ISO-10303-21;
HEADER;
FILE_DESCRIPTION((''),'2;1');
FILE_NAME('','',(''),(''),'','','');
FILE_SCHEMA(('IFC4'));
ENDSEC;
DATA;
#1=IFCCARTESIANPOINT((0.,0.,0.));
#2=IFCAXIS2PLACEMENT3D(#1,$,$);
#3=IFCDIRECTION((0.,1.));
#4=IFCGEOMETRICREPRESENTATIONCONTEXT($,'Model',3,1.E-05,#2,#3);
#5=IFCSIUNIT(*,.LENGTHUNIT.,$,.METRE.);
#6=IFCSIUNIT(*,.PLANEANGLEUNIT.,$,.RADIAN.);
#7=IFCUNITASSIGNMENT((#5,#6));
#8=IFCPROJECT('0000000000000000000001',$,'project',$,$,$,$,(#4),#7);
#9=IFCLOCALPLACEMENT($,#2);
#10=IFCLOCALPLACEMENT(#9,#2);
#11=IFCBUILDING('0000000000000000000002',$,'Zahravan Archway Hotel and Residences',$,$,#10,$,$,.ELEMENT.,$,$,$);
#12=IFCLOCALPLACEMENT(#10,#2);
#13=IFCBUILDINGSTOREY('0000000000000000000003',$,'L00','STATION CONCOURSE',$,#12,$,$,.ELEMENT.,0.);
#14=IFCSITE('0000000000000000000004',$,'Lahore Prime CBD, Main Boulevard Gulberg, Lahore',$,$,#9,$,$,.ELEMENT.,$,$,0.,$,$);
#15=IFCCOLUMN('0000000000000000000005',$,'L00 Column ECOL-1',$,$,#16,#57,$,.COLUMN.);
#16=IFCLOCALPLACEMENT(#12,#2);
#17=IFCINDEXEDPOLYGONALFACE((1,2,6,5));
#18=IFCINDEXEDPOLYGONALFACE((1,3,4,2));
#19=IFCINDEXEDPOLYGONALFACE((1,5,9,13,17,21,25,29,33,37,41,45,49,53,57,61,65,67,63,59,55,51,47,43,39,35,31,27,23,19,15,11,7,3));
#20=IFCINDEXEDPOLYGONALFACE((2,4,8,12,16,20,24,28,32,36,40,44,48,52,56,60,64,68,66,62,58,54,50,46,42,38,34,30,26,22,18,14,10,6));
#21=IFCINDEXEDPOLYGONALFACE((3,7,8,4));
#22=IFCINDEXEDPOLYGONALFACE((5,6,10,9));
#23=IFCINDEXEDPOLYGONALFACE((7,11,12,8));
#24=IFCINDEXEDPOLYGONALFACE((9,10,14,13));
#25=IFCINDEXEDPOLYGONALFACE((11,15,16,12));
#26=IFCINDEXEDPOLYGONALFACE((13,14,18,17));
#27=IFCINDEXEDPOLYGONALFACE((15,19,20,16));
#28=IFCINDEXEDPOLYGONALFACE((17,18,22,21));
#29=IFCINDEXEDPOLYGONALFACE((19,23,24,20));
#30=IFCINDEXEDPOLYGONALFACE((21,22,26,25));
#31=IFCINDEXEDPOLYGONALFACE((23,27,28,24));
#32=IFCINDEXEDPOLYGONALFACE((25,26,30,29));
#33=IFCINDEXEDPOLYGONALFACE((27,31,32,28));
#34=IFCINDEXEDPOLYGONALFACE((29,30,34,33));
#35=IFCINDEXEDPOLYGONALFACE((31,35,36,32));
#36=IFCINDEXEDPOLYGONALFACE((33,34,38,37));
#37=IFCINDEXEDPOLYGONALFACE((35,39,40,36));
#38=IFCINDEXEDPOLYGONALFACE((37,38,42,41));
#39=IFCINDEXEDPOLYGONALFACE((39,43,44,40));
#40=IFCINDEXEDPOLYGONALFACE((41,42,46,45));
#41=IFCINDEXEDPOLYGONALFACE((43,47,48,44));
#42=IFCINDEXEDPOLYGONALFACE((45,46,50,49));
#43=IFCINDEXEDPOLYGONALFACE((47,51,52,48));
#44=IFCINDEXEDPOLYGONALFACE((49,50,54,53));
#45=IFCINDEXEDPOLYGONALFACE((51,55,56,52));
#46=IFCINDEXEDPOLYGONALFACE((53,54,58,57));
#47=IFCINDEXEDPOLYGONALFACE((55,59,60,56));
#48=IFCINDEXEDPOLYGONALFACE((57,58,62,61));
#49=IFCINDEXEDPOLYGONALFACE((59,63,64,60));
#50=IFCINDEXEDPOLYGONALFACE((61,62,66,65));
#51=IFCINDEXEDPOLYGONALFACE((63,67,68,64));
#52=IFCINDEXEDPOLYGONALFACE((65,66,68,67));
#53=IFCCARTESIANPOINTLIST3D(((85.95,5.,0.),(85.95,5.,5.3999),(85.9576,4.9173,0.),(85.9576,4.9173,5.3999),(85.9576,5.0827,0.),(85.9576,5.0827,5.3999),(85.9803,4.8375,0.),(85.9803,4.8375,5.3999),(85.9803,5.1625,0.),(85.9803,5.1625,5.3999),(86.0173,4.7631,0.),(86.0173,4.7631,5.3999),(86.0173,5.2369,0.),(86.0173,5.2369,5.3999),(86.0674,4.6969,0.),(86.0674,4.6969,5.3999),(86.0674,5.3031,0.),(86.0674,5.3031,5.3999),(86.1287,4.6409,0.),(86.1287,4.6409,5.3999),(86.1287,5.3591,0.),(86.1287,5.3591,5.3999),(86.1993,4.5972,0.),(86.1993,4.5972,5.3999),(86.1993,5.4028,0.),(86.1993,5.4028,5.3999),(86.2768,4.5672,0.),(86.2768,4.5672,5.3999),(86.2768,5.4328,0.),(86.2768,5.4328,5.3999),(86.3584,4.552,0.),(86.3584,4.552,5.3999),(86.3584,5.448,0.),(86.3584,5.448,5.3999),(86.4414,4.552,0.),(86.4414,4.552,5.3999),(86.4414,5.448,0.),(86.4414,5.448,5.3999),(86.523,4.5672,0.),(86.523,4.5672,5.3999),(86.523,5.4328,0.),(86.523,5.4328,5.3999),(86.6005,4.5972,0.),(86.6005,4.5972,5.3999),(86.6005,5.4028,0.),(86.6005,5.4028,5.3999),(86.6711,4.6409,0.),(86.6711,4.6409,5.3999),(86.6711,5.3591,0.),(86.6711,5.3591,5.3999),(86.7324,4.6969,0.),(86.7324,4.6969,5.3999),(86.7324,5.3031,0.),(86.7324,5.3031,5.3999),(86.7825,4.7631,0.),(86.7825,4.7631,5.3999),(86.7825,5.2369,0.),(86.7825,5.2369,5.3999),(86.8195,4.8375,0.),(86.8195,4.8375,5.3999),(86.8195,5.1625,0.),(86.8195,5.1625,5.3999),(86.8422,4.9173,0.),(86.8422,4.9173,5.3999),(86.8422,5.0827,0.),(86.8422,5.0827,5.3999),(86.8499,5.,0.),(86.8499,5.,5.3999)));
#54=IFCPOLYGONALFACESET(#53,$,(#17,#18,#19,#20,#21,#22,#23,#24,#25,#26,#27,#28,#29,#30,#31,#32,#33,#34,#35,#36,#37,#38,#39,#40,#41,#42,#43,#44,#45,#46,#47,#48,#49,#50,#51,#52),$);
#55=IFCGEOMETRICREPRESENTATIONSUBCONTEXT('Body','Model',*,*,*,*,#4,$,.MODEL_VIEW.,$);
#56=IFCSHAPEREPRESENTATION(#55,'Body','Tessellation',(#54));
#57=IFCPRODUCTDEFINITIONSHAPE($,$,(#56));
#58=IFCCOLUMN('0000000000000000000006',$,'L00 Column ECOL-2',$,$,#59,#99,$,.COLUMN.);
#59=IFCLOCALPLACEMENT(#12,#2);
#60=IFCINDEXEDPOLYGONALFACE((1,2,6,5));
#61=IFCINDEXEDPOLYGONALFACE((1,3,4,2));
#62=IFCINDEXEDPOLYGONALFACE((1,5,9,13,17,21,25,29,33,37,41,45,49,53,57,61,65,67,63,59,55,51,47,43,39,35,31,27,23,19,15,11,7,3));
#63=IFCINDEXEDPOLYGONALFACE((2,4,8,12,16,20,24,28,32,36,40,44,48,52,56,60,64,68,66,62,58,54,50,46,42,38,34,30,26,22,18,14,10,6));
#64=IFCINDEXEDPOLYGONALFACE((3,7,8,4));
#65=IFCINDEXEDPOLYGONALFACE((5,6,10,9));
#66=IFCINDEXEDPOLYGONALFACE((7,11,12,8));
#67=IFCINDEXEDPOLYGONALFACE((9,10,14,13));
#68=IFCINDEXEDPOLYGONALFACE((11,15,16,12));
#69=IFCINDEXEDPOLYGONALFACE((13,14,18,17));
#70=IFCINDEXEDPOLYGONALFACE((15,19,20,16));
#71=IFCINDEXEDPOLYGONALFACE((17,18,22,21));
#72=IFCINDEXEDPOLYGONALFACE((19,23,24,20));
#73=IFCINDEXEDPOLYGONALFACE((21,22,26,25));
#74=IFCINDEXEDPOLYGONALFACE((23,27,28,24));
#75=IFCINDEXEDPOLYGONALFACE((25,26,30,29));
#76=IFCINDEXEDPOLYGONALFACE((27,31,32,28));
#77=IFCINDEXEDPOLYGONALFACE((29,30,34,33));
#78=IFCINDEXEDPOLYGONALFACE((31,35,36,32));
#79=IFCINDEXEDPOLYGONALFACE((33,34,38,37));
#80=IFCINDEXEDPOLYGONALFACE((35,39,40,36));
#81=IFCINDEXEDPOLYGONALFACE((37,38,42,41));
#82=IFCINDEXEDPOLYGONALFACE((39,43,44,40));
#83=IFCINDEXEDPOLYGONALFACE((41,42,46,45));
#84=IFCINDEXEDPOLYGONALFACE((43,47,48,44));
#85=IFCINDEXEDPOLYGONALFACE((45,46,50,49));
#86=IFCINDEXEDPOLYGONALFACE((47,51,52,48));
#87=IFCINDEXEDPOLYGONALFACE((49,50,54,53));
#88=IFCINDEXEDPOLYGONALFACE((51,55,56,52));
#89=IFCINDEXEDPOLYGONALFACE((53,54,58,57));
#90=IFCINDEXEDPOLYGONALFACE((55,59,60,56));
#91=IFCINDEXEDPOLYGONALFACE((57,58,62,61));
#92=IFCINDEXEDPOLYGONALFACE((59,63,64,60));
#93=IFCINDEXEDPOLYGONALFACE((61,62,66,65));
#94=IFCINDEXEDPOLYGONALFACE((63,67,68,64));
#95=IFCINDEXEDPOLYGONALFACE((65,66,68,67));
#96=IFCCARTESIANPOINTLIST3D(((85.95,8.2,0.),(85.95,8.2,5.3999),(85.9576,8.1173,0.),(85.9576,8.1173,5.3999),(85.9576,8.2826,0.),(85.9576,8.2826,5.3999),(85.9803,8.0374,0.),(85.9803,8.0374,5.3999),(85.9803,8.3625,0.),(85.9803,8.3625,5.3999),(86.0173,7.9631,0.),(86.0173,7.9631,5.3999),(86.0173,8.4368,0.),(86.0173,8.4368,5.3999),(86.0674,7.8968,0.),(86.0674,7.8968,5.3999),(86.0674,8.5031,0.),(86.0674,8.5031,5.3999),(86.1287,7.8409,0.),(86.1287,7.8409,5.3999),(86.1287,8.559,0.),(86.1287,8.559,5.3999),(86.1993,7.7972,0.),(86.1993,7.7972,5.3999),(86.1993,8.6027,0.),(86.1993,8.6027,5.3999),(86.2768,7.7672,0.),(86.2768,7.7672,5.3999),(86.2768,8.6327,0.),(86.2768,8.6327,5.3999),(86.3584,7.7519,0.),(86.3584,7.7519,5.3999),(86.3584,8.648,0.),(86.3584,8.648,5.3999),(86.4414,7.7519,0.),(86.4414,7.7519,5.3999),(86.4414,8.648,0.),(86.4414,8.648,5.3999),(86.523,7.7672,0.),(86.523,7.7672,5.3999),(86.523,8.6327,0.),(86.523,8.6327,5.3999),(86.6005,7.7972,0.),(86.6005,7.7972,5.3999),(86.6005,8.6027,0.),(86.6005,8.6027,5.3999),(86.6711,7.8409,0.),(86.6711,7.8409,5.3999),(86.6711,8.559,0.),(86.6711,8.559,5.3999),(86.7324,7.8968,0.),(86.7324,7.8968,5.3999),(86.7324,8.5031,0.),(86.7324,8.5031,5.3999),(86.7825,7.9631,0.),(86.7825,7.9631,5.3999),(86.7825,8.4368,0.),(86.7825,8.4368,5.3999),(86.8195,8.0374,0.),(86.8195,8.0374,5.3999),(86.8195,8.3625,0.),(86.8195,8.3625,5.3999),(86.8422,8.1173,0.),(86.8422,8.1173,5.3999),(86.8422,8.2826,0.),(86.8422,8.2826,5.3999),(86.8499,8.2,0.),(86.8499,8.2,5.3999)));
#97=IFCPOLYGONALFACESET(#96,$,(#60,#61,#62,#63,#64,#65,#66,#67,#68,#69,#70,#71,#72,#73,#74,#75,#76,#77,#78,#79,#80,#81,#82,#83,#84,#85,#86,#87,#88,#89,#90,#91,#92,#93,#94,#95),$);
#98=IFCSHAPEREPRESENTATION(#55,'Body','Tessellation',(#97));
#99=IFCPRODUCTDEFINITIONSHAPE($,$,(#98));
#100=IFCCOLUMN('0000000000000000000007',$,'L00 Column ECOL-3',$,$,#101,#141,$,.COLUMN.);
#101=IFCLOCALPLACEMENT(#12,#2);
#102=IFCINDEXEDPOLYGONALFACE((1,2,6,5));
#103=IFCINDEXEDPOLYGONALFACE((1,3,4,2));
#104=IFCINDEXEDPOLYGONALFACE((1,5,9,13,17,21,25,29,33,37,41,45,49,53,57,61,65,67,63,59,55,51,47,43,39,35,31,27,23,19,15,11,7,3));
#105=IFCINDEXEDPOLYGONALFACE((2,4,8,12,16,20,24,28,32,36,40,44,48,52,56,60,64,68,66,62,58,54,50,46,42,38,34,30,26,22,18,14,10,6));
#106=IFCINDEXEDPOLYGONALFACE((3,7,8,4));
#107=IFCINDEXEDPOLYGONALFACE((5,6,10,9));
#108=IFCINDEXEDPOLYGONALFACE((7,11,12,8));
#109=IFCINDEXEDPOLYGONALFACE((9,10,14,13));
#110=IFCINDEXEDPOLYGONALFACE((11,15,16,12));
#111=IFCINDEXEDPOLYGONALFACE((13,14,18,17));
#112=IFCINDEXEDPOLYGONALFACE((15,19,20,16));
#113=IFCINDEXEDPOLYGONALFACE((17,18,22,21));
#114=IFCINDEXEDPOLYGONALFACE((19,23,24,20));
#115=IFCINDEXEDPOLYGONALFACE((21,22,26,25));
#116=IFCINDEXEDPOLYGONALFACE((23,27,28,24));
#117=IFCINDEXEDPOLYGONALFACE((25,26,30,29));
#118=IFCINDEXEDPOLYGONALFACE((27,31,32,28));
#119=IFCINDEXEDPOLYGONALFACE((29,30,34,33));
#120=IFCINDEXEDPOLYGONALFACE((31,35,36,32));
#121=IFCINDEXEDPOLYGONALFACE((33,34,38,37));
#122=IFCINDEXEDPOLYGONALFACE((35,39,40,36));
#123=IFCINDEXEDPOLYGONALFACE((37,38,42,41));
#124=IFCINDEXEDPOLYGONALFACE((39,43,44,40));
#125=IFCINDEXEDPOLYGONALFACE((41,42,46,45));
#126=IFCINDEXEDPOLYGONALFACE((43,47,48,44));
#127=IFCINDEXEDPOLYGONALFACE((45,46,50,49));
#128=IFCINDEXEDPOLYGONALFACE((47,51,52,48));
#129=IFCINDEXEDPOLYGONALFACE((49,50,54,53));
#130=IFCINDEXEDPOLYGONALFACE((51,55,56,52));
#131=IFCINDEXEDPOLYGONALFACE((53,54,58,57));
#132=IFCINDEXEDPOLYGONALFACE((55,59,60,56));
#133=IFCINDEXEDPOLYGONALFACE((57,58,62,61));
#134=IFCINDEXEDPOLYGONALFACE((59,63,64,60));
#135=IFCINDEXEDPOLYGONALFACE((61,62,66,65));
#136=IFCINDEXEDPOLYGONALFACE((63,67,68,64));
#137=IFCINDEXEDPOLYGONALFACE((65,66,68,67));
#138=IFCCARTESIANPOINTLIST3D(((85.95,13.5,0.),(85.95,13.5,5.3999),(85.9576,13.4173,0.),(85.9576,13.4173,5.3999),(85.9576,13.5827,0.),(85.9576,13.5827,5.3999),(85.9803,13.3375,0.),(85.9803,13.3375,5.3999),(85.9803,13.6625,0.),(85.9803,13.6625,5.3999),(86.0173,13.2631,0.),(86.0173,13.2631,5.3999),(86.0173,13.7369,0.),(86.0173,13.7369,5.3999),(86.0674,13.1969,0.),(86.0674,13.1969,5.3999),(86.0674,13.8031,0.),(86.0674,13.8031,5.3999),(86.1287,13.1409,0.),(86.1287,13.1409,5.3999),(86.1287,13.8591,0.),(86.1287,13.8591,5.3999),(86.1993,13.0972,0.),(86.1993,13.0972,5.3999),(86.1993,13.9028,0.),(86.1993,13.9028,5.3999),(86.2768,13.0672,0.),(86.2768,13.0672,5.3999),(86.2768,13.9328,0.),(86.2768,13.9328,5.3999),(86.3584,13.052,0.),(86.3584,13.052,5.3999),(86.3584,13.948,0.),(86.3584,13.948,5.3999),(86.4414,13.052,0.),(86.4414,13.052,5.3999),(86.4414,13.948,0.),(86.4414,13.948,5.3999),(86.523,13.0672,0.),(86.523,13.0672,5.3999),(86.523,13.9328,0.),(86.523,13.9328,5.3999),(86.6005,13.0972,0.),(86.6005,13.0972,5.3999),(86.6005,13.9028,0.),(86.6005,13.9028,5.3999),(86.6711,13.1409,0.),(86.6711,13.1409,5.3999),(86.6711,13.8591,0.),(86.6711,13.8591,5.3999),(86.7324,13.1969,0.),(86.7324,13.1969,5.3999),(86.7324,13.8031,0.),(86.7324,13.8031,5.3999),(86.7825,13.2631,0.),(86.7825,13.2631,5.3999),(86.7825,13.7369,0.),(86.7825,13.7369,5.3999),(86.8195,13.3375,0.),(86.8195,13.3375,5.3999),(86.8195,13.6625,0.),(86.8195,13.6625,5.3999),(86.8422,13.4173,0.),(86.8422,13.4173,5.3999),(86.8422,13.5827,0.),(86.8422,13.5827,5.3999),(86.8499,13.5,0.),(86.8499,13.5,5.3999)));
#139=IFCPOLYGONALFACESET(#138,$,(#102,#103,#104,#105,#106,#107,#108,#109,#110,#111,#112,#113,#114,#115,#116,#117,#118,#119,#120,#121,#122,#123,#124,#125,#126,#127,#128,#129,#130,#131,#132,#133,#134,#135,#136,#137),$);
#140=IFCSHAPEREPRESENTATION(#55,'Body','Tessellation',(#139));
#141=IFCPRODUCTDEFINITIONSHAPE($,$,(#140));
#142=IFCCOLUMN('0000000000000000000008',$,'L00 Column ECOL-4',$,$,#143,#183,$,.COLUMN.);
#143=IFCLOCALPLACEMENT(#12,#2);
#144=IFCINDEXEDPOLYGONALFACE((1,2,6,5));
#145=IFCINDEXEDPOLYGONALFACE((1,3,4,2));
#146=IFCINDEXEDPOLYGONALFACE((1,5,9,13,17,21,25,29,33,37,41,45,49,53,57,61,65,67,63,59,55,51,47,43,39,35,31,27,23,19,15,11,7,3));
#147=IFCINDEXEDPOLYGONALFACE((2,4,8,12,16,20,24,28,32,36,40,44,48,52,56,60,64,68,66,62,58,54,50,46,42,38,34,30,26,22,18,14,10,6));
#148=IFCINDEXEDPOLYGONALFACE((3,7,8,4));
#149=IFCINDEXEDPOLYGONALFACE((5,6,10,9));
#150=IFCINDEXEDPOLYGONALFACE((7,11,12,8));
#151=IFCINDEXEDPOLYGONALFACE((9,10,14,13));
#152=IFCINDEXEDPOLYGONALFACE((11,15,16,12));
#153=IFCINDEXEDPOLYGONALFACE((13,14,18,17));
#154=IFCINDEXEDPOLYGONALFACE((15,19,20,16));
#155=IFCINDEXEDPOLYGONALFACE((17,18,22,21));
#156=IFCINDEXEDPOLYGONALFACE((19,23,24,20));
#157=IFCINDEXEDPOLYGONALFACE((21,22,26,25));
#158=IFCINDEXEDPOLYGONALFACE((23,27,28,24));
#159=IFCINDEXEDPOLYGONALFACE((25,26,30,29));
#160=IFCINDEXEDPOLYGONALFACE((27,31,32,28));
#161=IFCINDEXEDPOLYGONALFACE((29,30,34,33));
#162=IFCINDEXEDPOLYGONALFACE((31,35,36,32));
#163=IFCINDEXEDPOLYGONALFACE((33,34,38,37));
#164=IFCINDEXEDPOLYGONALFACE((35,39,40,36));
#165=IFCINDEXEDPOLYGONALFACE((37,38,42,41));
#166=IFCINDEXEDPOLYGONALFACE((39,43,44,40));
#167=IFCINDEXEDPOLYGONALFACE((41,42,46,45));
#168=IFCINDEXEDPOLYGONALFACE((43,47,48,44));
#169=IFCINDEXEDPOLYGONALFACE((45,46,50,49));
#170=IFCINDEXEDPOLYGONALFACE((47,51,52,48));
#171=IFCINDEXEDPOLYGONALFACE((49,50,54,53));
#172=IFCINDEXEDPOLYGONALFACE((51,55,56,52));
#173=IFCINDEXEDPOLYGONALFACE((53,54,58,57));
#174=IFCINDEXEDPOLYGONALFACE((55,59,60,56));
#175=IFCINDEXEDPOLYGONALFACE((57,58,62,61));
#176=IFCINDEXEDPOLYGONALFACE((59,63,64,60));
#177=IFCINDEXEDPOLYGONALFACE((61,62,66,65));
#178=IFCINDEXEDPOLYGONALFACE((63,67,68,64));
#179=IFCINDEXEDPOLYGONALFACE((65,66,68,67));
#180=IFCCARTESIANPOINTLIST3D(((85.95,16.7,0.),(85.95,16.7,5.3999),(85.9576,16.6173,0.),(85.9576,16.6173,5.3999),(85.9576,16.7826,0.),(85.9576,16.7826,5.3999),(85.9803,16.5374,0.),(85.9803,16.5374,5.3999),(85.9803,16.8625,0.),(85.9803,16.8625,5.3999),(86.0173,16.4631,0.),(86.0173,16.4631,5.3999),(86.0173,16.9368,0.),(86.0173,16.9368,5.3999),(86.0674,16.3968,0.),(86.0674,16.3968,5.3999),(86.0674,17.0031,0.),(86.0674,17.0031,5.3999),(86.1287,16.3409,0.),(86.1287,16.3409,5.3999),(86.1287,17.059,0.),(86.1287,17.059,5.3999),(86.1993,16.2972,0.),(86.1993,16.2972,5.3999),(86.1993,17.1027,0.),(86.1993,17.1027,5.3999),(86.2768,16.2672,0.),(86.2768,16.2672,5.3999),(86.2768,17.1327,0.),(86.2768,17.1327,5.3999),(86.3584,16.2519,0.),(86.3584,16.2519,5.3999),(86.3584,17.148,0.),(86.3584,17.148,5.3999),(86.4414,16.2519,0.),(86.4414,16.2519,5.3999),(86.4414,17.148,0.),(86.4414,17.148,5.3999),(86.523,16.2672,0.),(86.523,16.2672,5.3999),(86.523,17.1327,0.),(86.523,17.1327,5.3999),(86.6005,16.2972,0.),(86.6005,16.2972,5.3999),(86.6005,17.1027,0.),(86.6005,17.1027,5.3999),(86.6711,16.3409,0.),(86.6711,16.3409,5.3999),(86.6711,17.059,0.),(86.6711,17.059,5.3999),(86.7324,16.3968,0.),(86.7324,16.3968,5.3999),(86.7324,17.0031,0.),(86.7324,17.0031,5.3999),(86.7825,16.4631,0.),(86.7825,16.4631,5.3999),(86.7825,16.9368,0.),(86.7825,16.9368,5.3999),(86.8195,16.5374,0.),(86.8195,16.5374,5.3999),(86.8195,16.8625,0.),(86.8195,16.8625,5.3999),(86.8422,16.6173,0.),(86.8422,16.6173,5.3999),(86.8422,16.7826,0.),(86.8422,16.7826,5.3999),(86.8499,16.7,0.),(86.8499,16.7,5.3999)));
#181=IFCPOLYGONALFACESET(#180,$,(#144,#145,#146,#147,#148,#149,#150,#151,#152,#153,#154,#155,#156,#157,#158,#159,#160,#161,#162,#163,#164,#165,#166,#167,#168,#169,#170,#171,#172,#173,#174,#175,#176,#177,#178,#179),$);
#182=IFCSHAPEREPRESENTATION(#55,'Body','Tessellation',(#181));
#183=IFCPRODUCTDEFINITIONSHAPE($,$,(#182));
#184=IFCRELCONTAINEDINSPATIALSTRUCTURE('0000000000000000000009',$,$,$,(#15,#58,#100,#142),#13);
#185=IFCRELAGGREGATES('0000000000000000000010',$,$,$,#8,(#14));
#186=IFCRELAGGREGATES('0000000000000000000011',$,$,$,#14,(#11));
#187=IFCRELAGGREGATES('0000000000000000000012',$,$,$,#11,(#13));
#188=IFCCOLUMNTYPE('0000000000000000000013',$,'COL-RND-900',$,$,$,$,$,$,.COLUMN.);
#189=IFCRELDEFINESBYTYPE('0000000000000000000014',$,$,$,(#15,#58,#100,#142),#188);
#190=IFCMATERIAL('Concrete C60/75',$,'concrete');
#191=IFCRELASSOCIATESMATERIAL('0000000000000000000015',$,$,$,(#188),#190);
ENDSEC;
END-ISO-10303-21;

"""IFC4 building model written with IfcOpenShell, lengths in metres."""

from ifc_helpers import new_model, si_unit, direction, frame, origin, origin_2d, place, context, subcontext, project, spatial, circle, extrude, source, transform, mapped, material, material_profile, profile_set, type_object, type_shapes, element, save


model = new_model("IFC4")

# Units and contexts
model_context = context("Model", 3, precision=1e-05, world=origin(), true_north=direction((0.0, 1.0)))
body_context = subcontext(model_context, "Body", "Model", "MODEL_VIEW")
ifc_project = project(units=[si_unit("LENGTHUNIT", "METRE"), si_unit("PLANEANGLEUNIT", "RADIAN")], contexts=[model_context])

# Site, building, storey
site_placement = place(None, origin())
site = spatial("IfcSite", under=ifc_project, at=site_placement, Name="Lahore Prime CBD, Main Boulevard Gulberg, Lahore", CompositionType="ELEMENT", RefElevation=0.0)
building_placement = place(site_placement, origin())
building = spatial("IfcBuilding", under=site, at=building_placement, Name="Zahravan Archway Hotel and Residences", CompositionType="ELEMENT")
storey_placement = place(building_placement, origin())
storey = spatial("IfcBuildingStorey", under=building, at=storey_placement, Name="L00", Description="STATION CONCOURSE", CompositionType="ELEMENT", Elevation=0.0)

# Columns
ifc_material_1 = material(Name="Concrete C60/75", Category="concrete")
ifc_material_profile_1 = material_profile(ifc_material_1, circle(Radius=0.45, at=origin_2d()), Name="RC-CIRC-900", Category="concrete")
ifc_profile_set_1 = profile_set([ifc_material_profile_1], Name="Concrete C60/75")
column_type_1 = type_object("IfcColumnType", Name="COL-RND-900", PredefinedType="COLUMN", material=ifc_profile_set_1)
shared_shape_1 = source(origin(), body_context, "Body", "SweptSolid", [
    extrude(circle(Radius=0.45, at=origin_2d()), origin(), (0.0, 0.0, 1.0), 5.3999),
])
type_shapes(column_type_1, [shared_shape_1])
for number, where, z_axis, x_axis, name in (
    (1, (86.3999, 5.0, 0.0), (0.0, 0.0, 1.0), (1.0, 0.0, 0.0), "L00 Column ECOL-1"),
    (2, (86.3999, 8.2, 0.0), (0.0, 0.0, 1.0), (1.0, 0.0, 0.0), "L00 Column ECOL-2"),
    (3, (86.3999, 13.5, 0.0), (0.0, 0.0, 1.0), (1.0, 0.0, 0.0), "L00 Column ECOL-3"),
    (4, (86.3999, 16.7, 0.0), (0.0, 0.0, 1.0), (1.0, 0.0, 0.0), "L00 Column ECOL-4"),
):
    element("IfcColumn", number, at=place(storey_placement, frame(where, z_axis=z_axis, x_axis=x_axis)), inside=storey, type_object=column_type_1, Name=name, PredefinedType="COLUMN", context=body_context, shape_type="MappedRepresentation", body=[
        mapped(shared_shape_1, transform((0.0, 0.0, 0.0), scale=1.0)),
    ])

save(model, "model.ifc")
